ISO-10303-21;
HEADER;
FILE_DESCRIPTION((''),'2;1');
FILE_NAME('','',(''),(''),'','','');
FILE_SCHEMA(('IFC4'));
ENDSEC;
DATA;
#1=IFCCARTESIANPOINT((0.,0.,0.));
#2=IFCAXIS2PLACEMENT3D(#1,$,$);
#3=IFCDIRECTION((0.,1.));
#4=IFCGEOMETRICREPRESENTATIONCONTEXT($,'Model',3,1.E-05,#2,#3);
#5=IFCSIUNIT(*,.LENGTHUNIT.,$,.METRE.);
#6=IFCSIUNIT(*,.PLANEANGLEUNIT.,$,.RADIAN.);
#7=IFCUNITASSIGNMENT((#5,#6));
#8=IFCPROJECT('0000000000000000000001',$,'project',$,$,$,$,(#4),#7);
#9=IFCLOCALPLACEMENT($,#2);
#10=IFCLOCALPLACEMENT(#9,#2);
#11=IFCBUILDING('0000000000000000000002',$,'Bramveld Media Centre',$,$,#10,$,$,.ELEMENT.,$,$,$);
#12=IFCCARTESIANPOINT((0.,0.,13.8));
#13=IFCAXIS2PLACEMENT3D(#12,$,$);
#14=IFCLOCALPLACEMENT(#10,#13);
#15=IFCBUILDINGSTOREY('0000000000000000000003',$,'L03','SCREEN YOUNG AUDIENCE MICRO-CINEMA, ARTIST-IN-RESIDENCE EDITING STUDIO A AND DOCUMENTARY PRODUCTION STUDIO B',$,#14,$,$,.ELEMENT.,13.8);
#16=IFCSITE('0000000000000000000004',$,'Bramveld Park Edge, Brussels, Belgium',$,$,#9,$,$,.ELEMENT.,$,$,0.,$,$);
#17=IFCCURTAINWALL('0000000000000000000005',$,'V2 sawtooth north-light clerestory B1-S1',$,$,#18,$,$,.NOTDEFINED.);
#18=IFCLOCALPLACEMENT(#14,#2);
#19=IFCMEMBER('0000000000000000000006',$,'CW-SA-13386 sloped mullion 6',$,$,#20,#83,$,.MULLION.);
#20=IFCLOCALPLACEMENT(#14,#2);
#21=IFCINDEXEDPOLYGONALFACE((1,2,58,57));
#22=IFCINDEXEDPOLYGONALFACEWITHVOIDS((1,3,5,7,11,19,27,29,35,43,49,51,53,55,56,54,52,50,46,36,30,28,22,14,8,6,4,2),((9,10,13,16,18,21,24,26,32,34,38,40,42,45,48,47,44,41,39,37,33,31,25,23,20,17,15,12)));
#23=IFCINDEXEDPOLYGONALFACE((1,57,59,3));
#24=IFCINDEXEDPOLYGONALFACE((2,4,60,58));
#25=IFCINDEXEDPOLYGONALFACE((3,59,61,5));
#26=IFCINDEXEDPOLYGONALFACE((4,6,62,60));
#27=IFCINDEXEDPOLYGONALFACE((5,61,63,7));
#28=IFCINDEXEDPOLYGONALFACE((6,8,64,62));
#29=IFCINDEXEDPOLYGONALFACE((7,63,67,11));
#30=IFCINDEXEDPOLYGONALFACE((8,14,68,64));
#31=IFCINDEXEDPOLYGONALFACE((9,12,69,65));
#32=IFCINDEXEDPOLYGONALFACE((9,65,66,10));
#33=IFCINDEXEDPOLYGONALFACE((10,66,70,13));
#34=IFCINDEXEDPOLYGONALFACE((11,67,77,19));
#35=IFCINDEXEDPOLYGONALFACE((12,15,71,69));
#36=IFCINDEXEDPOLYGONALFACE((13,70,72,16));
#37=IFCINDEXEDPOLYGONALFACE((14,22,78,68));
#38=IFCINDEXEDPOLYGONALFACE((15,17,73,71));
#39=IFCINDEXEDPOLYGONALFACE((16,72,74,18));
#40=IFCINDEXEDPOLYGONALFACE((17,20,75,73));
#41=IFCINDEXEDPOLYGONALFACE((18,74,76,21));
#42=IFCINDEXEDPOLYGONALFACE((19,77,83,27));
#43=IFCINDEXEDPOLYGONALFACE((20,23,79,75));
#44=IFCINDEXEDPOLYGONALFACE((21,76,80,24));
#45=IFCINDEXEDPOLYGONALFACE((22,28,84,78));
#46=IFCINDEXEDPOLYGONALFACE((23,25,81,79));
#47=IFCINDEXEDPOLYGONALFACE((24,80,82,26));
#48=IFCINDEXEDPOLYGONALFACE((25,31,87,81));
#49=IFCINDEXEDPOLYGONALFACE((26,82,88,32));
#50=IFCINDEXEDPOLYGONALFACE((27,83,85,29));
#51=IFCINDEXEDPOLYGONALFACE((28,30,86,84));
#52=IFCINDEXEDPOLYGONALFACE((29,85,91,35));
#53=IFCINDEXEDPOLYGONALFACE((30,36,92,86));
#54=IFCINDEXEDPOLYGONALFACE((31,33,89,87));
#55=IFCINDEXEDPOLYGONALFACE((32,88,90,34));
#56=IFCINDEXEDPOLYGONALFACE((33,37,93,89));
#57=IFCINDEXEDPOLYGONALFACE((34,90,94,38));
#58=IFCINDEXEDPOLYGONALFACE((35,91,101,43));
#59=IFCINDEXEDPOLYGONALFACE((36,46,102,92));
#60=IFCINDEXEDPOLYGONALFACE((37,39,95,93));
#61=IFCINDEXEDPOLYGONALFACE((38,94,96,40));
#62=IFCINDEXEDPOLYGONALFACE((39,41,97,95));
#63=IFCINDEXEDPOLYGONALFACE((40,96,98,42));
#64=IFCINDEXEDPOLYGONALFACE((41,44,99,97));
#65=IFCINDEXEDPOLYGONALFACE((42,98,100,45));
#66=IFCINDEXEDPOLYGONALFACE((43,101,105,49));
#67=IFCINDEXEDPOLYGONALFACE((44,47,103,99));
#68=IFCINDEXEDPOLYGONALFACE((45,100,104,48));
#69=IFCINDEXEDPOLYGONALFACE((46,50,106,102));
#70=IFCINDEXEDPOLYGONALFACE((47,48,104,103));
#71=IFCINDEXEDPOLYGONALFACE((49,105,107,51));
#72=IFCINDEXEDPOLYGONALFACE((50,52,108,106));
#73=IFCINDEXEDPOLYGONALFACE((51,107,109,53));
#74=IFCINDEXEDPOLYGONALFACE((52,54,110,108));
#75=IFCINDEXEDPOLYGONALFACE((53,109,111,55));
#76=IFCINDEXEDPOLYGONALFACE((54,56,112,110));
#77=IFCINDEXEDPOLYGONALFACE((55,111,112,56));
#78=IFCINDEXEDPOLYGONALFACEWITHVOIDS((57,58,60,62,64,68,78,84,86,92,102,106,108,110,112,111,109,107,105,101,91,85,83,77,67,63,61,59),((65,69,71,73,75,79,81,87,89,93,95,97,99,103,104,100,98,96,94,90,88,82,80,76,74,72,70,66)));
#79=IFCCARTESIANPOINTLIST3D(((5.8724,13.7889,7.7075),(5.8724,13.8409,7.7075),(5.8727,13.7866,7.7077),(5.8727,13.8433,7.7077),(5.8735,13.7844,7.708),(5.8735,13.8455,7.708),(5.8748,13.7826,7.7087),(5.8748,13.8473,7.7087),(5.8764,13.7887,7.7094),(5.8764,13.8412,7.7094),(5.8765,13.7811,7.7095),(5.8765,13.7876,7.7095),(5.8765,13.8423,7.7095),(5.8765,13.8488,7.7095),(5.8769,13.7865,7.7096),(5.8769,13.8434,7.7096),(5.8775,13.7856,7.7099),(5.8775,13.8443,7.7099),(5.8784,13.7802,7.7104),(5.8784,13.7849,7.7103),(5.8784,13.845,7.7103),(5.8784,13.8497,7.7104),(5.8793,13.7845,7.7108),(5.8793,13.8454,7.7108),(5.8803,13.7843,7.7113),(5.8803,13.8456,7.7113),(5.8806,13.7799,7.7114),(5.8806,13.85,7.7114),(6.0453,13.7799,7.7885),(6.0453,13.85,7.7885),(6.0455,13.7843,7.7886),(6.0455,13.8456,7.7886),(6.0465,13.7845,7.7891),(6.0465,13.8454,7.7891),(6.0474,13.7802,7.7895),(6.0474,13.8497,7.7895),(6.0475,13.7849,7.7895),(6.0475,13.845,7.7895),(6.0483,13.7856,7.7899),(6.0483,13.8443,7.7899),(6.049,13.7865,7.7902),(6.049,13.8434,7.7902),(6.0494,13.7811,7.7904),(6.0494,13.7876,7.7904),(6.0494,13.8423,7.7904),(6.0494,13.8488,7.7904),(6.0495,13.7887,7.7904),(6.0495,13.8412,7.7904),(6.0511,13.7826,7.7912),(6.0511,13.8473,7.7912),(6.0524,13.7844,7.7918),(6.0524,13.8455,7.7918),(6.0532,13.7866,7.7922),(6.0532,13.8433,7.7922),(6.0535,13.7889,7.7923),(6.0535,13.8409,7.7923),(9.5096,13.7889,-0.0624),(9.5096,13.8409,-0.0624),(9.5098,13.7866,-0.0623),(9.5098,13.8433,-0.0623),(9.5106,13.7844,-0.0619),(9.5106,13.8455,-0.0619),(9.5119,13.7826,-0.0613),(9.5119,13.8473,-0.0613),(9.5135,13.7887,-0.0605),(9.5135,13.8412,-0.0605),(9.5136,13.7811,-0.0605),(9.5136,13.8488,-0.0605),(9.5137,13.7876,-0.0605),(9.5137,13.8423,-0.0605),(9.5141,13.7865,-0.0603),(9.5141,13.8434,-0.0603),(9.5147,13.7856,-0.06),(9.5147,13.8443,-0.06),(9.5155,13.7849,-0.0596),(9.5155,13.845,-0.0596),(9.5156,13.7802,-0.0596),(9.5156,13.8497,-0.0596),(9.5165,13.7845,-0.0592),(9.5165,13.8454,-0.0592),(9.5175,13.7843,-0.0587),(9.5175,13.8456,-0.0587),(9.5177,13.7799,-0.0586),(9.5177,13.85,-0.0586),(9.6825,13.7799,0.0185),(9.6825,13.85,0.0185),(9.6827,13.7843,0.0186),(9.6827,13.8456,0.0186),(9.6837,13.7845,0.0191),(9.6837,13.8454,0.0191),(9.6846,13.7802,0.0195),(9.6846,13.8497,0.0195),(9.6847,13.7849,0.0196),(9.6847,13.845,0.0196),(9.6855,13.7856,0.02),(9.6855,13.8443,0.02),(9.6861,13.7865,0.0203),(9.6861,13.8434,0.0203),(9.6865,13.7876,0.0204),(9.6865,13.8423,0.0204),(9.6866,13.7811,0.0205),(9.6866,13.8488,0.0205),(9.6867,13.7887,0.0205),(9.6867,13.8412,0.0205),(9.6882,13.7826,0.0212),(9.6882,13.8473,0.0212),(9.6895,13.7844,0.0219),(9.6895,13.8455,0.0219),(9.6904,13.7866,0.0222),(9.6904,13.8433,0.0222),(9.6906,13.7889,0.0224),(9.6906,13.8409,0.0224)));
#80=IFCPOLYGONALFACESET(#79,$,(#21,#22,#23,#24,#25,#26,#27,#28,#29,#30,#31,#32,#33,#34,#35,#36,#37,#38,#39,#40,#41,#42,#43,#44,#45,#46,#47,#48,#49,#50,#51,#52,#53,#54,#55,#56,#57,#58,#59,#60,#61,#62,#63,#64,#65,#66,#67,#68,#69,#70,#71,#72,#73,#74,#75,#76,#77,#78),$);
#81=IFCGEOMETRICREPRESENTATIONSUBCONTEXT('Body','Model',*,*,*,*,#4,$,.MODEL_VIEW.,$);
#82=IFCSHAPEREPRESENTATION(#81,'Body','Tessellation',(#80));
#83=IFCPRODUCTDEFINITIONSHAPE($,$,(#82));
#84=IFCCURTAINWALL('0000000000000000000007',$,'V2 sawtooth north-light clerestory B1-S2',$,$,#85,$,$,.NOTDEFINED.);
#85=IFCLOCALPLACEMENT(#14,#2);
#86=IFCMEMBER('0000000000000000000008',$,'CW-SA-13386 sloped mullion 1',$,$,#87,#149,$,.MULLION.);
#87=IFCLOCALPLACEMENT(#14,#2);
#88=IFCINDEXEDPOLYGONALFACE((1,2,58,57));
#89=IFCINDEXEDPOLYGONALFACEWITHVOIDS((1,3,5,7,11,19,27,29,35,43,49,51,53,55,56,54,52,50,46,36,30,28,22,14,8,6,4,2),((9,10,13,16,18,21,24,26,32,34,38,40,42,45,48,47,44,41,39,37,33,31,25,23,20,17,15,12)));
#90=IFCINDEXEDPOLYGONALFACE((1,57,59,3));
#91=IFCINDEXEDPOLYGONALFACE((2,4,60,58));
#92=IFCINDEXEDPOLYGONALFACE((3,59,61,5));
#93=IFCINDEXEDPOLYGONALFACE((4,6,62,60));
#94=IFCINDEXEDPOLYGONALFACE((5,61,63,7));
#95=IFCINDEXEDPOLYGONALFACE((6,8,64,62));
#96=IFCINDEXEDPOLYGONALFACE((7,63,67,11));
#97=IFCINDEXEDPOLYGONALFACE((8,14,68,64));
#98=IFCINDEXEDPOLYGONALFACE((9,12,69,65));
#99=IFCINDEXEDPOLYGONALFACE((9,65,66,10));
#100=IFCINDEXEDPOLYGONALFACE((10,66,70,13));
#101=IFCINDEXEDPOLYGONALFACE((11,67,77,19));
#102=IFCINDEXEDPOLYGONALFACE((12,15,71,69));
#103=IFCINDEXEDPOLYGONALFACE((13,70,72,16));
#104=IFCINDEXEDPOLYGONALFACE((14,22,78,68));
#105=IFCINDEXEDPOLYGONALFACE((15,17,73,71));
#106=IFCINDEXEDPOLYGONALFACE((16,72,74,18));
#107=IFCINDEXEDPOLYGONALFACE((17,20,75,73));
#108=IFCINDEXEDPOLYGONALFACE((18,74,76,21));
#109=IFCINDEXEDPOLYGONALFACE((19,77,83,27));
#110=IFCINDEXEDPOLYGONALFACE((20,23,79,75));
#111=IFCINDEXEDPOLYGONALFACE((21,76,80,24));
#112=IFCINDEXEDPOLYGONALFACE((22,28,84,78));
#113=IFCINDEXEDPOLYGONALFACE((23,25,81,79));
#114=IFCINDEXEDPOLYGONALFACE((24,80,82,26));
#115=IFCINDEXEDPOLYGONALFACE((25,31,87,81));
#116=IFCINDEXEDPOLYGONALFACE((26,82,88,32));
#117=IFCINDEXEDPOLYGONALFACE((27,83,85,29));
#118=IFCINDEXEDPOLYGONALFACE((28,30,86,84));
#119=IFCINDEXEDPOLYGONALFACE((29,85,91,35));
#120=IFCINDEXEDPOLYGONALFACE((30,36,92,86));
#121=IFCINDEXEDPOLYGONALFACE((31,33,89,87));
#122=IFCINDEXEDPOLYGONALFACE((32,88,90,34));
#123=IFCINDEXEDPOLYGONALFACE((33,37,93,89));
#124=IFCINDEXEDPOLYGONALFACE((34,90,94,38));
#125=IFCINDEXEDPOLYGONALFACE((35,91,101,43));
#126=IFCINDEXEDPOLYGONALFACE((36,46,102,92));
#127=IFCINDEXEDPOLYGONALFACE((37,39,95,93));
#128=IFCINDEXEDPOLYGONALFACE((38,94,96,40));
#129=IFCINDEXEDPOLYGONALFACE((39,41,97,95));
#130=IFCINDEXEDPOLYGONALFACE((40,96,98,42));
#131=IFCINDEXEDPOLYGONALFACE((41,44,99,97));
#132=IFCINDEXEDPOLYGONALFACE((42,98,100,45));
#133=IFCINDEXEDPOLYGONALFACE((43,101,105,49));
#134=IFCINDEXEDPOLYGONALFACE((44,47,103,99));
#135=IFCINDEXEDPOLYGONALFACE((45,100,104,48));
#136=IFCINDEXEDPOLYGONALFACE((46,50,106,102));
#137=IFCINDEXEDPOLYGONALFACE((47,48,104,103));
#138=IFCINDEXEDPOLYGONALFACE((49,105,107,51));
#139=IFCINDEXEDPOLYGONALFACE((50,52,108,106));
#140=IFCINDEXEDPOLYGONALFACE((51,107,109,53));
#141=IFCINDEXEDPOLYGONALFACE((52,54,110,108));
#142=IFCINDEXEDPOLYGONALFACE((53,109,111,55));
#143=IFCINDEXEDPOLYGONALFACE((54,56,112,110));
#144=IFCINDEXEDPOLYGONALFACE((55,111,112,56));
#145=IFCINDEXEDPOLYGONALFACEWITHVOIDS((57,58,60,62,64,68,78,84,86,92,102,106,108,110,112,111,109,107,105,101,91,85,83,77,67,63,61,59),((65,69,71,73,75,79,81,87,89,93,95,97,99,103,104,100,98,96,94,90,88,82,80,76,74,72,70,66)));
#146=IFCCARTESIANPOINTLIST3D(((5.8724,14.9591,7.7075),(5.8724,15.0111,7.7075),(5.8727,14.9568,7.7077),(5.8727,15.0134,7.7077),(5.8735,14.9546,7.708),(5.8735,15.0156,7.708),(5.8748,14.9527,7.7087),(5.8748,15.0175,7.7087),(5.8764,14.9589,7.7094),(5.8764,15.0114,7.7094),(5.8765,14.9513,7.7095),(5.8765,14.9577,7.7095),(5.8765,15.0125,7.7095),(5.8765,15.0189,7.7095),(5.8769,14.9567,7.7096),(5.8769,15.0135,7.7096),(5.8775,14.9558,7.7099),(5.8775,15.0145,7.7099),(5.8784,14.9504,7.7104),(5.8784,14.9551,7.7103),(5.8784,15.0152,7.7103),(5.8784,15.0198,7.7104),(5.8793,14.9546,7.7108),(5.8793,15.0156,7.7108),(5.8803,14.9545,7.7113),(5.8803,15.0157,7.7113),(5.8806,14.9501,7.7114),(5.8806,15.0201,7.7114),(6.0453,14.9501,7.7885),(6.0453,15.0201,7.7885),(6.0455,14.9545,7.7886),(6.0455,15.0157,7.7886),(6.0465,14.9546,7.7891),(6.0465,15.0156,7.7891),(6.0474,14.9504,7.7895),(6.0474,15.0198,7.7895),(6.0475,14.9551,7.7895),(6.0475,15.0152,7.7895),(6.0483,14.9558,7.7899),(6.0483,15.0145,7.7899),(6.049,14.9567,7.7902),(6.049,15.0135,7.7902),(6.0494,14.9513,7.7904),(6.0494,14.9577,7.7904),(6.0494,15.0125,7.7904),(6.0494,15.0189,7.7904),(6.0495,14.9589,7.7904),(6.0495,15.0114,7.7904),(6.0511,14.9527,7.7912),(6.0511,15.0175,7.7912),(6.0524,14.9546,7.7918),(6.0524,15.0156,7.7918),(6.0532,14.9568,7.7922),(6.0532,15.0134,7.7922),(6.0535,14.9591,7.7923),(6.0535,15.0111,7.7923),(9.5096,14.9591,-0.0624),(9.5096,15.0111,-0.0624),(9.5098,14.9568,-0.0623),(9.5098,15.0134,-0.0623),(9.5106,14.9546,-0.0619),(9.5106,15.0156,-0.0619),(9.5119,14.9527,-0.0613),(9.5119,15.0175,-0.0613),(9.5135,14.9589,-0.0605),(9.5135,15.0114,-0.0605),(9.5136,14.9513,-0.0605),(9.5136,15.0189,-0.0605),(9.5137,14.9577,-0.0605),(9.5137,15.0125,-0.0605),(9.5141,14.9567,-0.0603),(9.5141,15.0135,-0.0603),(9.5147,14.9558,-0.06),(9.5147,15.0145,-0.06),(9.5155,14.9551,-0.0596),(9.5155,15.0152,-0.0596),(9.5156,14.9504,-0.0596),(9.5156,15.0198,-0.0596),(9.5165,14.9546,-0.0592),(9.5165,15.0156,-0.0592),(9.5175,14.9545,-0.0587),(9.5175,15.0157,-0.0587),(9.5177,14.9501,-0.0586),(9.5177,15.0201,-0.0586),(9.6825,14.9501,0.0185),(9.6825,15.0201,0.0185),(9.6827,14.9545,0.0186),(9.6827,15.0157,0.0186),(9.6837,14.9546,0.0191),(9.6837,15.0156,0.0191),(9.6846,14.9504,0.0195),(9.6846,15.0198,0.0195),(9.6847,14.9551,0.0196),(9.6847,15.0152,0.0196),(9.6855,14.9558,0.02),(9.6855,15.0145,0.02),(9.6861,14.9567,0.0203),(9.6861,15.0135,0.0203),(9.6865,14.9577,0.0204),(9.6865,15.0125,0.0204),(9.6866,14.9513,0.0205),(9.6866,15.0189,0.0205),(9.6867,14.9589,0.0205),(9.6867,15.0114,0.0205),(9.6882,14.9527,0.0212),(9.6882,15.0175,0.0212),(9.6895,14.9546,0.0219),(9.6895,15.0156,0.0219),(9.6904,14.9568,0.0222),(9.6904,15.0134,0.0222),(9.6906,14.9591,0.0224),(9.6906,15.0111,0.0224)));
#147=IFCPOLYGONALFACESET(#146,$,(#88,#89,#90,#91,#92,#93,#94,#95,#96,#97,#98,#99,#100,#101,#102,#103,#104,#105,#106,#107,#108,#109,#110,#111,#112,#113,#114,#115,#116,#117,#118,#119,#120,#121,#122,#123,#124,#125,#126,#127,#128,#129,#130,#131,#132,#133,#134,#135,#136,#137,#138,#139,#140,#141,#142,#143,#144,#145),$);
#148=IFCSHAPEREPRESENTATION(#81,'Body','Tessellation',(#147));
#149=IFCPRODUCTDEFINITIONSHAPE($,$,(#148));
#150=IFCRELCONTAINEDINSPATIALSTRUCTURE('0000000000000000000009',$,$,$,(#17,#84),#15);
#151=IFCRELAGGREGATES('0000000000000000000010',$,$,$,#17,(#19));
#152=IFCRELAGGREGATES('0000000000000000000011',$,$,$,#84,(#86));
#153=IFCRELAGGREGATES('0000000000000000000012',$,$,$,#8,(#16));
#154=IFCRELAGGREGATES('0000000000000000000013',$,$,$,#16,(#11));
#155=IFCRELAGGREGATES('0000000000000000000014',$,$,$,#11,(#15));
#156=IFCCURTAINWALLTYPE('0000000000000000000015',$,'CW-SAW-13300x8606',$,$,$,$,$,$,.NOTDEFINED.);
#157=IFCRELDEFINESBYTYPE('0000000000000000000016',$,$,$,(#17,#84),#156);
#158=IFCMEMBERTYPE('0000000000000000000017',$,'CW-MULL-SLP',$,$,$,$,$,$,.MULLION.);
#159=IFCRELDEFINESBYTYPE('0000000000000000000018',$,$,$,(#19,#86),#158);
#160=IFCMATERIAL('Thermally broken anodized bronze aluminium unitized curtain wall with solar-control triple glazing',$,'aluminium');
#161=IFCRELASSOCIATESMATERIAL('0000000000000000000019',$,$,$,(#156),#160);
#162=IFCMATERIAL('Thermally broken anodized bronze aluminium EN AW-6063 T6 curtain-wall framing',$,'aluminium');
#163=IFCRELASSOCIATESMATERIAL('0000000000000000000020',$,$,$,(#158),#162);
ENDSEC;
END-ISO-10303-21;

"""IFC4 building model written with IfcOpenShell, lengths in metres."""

from ifc_helpers import new_model, si_unit, direction, frame, origin, origin_2d, place, context, subcontext, project, spatial, hollow_rectangle, extrude, material, material_profile, profile_set, type_object, element, aggregate, save


model = new_model("IFC4")

# Units and contexts
model_context = context("Model", 3, precision=1e-05, world=origin(), true_north=direction((0.0, 1.0)))
body_context = subcontext(model_context, "Body", "Model", "MODEL_VIEW")
ifc_project = project(units=[si_unit("LENGTHUNIT", "METRE"), si_unit("PLANEANGLEUNIT", "RADIAN")], contexts=[model_context])

# Site, building, storey
site_placement = place(None, origin())
site = spatial("IfcSite", under=ifc_project, at=site_placement, Name="Bramveld Park Edge, Brussels, Belgium", CompositionType="ELEMENT", RefElevation=0.0)
building_placement = place(site_placement, origin())
building = spatial("IfcBuilding", under=site, at=building_placement, Name="Bramveld Media Centre", CompositionType="ELEMENT")
storey_placement = place(building_placement, frame((0.0, 0.0, 13.8)))
storey = spatial("IfcBuildingStorey", under=building, at=storey_placement, Name="L03", Description="SCREEN YOUNG AUDIENCE MICRO-CINEMA, ARTIST-IN-RESIDENCE EDITING STUDIO A AND DOCUMENTARY PRODUCTION STUDIO B", CompositionType="ELEMENT", Elevation=13.8)

# Curtain wall, member
ifc_material_1 = material(Name="Thermally broken anodized bronze aluminium unitized curtain wall with solar-control triple glazing", Category="aluminium")
curtain_wall_type = type_object("IfcCurtainWallType", Name="CW-SAW-13300x8606", PredefinedType="NOTDEFINED", material=ifc_material_1)
curtain_wall_1_placement = place(storey_placement, origin())
curtain_wall_1 = element("IfcCurtainWall", 1, at=curtain_wall_1_placement, inside=storey, type_object=curtain_wall_type, Name="V2 sawtooth north-light clerestory B1-S1", PredefinedType="NOTDEFINED")
ifc_material_2 = material(Name="Thermally broken anodized bronze aluminium EN AW-6063 T6 curtain-wall framing", Category="aluminium")
ifc_material_profile_1 = material_profile(ifc_material_2, hollow_rectangle(XDim=0.0701, YDim=0.2, WallThickness=0.0044, InnerFilletRadius=0.0044, OuterFilletRadius=0.009, at=origin_2d()), Name="AL-MULL 70x200")
ifc_profile_set_1 = profile_set([ifc_material_profile_1], Name="Thermally broken anodized bronze aluminium EN AW-6063 T6 curtain-wall framing")
member_type_1 = type_object("IfcMemberType", Name="CW-MULL-SLP", PredefinedType="MULLION", material=ifc_profile_set_1)
member_1_placement = place(storey_placement, frame((9.6001, 13.8149, -0.02), z_axis=(-0.423957, 0.0, 0.905682), x_axis=(0.0, -1.0, 0.0)))
member_1 = element("IfcMember", 2, at=member_1_placement, type_object=member_type_1, Name="CW-SA-13386 sloped mullion 6", PredefinedType="MULLION", context=body_context, shape_type="SweptSolid", body=[
    extrude(hollow_rectangle(XDim=0.0701, YDim=0.2, WallThickness=0.0044, InnerFilletRadius=0.0044, OuterFilletRadius=0.009, at=origin_2d()), origin(), (0.0, 0.0, 1.0), 8.5791),
])
aggregate(curtain_wall_1, [member_1])

# Curtain wall, member
curtain_wall_2_placement = place(storey_placement, origin())
curtain_wall_2 = element("IfcCurtainWall", 3, at=curtain_wall_2_placement, inside=storey, type_object=curtain_wall_type, Name="V2 sawtooth north-light clerestory B1-S2", PredefinedType="NOTDEFINED")
member_2_placement = place(storey_placement, frame((9.6001, 14.9851, -0.02), z_axis=(-0.423957, 0.0, 0.905682), x_axis=(0.0, -1.0, 0.0)))
member_2 = element("IfcMember", 4, at=member_2_placement, type_object=member_type_1, Name="CW-SA-13386 sloped mullion 1", PredefinedType="MULLION", context=body_context, shape_type="SweptSolid", body=[
    extrude(hollow_rectangle(XDim=0.0701, YDim=0.2, WallThickness=0.0044, InnerFilletRadius=0.0044, OuterFilletRadius=0.009, at=origin_2d()), origin(), (0.0, 0.0, 1.0), 8.5791),
])
aggregate(curtain_wall_2, [member_2])

save(model, "model.ifc")
